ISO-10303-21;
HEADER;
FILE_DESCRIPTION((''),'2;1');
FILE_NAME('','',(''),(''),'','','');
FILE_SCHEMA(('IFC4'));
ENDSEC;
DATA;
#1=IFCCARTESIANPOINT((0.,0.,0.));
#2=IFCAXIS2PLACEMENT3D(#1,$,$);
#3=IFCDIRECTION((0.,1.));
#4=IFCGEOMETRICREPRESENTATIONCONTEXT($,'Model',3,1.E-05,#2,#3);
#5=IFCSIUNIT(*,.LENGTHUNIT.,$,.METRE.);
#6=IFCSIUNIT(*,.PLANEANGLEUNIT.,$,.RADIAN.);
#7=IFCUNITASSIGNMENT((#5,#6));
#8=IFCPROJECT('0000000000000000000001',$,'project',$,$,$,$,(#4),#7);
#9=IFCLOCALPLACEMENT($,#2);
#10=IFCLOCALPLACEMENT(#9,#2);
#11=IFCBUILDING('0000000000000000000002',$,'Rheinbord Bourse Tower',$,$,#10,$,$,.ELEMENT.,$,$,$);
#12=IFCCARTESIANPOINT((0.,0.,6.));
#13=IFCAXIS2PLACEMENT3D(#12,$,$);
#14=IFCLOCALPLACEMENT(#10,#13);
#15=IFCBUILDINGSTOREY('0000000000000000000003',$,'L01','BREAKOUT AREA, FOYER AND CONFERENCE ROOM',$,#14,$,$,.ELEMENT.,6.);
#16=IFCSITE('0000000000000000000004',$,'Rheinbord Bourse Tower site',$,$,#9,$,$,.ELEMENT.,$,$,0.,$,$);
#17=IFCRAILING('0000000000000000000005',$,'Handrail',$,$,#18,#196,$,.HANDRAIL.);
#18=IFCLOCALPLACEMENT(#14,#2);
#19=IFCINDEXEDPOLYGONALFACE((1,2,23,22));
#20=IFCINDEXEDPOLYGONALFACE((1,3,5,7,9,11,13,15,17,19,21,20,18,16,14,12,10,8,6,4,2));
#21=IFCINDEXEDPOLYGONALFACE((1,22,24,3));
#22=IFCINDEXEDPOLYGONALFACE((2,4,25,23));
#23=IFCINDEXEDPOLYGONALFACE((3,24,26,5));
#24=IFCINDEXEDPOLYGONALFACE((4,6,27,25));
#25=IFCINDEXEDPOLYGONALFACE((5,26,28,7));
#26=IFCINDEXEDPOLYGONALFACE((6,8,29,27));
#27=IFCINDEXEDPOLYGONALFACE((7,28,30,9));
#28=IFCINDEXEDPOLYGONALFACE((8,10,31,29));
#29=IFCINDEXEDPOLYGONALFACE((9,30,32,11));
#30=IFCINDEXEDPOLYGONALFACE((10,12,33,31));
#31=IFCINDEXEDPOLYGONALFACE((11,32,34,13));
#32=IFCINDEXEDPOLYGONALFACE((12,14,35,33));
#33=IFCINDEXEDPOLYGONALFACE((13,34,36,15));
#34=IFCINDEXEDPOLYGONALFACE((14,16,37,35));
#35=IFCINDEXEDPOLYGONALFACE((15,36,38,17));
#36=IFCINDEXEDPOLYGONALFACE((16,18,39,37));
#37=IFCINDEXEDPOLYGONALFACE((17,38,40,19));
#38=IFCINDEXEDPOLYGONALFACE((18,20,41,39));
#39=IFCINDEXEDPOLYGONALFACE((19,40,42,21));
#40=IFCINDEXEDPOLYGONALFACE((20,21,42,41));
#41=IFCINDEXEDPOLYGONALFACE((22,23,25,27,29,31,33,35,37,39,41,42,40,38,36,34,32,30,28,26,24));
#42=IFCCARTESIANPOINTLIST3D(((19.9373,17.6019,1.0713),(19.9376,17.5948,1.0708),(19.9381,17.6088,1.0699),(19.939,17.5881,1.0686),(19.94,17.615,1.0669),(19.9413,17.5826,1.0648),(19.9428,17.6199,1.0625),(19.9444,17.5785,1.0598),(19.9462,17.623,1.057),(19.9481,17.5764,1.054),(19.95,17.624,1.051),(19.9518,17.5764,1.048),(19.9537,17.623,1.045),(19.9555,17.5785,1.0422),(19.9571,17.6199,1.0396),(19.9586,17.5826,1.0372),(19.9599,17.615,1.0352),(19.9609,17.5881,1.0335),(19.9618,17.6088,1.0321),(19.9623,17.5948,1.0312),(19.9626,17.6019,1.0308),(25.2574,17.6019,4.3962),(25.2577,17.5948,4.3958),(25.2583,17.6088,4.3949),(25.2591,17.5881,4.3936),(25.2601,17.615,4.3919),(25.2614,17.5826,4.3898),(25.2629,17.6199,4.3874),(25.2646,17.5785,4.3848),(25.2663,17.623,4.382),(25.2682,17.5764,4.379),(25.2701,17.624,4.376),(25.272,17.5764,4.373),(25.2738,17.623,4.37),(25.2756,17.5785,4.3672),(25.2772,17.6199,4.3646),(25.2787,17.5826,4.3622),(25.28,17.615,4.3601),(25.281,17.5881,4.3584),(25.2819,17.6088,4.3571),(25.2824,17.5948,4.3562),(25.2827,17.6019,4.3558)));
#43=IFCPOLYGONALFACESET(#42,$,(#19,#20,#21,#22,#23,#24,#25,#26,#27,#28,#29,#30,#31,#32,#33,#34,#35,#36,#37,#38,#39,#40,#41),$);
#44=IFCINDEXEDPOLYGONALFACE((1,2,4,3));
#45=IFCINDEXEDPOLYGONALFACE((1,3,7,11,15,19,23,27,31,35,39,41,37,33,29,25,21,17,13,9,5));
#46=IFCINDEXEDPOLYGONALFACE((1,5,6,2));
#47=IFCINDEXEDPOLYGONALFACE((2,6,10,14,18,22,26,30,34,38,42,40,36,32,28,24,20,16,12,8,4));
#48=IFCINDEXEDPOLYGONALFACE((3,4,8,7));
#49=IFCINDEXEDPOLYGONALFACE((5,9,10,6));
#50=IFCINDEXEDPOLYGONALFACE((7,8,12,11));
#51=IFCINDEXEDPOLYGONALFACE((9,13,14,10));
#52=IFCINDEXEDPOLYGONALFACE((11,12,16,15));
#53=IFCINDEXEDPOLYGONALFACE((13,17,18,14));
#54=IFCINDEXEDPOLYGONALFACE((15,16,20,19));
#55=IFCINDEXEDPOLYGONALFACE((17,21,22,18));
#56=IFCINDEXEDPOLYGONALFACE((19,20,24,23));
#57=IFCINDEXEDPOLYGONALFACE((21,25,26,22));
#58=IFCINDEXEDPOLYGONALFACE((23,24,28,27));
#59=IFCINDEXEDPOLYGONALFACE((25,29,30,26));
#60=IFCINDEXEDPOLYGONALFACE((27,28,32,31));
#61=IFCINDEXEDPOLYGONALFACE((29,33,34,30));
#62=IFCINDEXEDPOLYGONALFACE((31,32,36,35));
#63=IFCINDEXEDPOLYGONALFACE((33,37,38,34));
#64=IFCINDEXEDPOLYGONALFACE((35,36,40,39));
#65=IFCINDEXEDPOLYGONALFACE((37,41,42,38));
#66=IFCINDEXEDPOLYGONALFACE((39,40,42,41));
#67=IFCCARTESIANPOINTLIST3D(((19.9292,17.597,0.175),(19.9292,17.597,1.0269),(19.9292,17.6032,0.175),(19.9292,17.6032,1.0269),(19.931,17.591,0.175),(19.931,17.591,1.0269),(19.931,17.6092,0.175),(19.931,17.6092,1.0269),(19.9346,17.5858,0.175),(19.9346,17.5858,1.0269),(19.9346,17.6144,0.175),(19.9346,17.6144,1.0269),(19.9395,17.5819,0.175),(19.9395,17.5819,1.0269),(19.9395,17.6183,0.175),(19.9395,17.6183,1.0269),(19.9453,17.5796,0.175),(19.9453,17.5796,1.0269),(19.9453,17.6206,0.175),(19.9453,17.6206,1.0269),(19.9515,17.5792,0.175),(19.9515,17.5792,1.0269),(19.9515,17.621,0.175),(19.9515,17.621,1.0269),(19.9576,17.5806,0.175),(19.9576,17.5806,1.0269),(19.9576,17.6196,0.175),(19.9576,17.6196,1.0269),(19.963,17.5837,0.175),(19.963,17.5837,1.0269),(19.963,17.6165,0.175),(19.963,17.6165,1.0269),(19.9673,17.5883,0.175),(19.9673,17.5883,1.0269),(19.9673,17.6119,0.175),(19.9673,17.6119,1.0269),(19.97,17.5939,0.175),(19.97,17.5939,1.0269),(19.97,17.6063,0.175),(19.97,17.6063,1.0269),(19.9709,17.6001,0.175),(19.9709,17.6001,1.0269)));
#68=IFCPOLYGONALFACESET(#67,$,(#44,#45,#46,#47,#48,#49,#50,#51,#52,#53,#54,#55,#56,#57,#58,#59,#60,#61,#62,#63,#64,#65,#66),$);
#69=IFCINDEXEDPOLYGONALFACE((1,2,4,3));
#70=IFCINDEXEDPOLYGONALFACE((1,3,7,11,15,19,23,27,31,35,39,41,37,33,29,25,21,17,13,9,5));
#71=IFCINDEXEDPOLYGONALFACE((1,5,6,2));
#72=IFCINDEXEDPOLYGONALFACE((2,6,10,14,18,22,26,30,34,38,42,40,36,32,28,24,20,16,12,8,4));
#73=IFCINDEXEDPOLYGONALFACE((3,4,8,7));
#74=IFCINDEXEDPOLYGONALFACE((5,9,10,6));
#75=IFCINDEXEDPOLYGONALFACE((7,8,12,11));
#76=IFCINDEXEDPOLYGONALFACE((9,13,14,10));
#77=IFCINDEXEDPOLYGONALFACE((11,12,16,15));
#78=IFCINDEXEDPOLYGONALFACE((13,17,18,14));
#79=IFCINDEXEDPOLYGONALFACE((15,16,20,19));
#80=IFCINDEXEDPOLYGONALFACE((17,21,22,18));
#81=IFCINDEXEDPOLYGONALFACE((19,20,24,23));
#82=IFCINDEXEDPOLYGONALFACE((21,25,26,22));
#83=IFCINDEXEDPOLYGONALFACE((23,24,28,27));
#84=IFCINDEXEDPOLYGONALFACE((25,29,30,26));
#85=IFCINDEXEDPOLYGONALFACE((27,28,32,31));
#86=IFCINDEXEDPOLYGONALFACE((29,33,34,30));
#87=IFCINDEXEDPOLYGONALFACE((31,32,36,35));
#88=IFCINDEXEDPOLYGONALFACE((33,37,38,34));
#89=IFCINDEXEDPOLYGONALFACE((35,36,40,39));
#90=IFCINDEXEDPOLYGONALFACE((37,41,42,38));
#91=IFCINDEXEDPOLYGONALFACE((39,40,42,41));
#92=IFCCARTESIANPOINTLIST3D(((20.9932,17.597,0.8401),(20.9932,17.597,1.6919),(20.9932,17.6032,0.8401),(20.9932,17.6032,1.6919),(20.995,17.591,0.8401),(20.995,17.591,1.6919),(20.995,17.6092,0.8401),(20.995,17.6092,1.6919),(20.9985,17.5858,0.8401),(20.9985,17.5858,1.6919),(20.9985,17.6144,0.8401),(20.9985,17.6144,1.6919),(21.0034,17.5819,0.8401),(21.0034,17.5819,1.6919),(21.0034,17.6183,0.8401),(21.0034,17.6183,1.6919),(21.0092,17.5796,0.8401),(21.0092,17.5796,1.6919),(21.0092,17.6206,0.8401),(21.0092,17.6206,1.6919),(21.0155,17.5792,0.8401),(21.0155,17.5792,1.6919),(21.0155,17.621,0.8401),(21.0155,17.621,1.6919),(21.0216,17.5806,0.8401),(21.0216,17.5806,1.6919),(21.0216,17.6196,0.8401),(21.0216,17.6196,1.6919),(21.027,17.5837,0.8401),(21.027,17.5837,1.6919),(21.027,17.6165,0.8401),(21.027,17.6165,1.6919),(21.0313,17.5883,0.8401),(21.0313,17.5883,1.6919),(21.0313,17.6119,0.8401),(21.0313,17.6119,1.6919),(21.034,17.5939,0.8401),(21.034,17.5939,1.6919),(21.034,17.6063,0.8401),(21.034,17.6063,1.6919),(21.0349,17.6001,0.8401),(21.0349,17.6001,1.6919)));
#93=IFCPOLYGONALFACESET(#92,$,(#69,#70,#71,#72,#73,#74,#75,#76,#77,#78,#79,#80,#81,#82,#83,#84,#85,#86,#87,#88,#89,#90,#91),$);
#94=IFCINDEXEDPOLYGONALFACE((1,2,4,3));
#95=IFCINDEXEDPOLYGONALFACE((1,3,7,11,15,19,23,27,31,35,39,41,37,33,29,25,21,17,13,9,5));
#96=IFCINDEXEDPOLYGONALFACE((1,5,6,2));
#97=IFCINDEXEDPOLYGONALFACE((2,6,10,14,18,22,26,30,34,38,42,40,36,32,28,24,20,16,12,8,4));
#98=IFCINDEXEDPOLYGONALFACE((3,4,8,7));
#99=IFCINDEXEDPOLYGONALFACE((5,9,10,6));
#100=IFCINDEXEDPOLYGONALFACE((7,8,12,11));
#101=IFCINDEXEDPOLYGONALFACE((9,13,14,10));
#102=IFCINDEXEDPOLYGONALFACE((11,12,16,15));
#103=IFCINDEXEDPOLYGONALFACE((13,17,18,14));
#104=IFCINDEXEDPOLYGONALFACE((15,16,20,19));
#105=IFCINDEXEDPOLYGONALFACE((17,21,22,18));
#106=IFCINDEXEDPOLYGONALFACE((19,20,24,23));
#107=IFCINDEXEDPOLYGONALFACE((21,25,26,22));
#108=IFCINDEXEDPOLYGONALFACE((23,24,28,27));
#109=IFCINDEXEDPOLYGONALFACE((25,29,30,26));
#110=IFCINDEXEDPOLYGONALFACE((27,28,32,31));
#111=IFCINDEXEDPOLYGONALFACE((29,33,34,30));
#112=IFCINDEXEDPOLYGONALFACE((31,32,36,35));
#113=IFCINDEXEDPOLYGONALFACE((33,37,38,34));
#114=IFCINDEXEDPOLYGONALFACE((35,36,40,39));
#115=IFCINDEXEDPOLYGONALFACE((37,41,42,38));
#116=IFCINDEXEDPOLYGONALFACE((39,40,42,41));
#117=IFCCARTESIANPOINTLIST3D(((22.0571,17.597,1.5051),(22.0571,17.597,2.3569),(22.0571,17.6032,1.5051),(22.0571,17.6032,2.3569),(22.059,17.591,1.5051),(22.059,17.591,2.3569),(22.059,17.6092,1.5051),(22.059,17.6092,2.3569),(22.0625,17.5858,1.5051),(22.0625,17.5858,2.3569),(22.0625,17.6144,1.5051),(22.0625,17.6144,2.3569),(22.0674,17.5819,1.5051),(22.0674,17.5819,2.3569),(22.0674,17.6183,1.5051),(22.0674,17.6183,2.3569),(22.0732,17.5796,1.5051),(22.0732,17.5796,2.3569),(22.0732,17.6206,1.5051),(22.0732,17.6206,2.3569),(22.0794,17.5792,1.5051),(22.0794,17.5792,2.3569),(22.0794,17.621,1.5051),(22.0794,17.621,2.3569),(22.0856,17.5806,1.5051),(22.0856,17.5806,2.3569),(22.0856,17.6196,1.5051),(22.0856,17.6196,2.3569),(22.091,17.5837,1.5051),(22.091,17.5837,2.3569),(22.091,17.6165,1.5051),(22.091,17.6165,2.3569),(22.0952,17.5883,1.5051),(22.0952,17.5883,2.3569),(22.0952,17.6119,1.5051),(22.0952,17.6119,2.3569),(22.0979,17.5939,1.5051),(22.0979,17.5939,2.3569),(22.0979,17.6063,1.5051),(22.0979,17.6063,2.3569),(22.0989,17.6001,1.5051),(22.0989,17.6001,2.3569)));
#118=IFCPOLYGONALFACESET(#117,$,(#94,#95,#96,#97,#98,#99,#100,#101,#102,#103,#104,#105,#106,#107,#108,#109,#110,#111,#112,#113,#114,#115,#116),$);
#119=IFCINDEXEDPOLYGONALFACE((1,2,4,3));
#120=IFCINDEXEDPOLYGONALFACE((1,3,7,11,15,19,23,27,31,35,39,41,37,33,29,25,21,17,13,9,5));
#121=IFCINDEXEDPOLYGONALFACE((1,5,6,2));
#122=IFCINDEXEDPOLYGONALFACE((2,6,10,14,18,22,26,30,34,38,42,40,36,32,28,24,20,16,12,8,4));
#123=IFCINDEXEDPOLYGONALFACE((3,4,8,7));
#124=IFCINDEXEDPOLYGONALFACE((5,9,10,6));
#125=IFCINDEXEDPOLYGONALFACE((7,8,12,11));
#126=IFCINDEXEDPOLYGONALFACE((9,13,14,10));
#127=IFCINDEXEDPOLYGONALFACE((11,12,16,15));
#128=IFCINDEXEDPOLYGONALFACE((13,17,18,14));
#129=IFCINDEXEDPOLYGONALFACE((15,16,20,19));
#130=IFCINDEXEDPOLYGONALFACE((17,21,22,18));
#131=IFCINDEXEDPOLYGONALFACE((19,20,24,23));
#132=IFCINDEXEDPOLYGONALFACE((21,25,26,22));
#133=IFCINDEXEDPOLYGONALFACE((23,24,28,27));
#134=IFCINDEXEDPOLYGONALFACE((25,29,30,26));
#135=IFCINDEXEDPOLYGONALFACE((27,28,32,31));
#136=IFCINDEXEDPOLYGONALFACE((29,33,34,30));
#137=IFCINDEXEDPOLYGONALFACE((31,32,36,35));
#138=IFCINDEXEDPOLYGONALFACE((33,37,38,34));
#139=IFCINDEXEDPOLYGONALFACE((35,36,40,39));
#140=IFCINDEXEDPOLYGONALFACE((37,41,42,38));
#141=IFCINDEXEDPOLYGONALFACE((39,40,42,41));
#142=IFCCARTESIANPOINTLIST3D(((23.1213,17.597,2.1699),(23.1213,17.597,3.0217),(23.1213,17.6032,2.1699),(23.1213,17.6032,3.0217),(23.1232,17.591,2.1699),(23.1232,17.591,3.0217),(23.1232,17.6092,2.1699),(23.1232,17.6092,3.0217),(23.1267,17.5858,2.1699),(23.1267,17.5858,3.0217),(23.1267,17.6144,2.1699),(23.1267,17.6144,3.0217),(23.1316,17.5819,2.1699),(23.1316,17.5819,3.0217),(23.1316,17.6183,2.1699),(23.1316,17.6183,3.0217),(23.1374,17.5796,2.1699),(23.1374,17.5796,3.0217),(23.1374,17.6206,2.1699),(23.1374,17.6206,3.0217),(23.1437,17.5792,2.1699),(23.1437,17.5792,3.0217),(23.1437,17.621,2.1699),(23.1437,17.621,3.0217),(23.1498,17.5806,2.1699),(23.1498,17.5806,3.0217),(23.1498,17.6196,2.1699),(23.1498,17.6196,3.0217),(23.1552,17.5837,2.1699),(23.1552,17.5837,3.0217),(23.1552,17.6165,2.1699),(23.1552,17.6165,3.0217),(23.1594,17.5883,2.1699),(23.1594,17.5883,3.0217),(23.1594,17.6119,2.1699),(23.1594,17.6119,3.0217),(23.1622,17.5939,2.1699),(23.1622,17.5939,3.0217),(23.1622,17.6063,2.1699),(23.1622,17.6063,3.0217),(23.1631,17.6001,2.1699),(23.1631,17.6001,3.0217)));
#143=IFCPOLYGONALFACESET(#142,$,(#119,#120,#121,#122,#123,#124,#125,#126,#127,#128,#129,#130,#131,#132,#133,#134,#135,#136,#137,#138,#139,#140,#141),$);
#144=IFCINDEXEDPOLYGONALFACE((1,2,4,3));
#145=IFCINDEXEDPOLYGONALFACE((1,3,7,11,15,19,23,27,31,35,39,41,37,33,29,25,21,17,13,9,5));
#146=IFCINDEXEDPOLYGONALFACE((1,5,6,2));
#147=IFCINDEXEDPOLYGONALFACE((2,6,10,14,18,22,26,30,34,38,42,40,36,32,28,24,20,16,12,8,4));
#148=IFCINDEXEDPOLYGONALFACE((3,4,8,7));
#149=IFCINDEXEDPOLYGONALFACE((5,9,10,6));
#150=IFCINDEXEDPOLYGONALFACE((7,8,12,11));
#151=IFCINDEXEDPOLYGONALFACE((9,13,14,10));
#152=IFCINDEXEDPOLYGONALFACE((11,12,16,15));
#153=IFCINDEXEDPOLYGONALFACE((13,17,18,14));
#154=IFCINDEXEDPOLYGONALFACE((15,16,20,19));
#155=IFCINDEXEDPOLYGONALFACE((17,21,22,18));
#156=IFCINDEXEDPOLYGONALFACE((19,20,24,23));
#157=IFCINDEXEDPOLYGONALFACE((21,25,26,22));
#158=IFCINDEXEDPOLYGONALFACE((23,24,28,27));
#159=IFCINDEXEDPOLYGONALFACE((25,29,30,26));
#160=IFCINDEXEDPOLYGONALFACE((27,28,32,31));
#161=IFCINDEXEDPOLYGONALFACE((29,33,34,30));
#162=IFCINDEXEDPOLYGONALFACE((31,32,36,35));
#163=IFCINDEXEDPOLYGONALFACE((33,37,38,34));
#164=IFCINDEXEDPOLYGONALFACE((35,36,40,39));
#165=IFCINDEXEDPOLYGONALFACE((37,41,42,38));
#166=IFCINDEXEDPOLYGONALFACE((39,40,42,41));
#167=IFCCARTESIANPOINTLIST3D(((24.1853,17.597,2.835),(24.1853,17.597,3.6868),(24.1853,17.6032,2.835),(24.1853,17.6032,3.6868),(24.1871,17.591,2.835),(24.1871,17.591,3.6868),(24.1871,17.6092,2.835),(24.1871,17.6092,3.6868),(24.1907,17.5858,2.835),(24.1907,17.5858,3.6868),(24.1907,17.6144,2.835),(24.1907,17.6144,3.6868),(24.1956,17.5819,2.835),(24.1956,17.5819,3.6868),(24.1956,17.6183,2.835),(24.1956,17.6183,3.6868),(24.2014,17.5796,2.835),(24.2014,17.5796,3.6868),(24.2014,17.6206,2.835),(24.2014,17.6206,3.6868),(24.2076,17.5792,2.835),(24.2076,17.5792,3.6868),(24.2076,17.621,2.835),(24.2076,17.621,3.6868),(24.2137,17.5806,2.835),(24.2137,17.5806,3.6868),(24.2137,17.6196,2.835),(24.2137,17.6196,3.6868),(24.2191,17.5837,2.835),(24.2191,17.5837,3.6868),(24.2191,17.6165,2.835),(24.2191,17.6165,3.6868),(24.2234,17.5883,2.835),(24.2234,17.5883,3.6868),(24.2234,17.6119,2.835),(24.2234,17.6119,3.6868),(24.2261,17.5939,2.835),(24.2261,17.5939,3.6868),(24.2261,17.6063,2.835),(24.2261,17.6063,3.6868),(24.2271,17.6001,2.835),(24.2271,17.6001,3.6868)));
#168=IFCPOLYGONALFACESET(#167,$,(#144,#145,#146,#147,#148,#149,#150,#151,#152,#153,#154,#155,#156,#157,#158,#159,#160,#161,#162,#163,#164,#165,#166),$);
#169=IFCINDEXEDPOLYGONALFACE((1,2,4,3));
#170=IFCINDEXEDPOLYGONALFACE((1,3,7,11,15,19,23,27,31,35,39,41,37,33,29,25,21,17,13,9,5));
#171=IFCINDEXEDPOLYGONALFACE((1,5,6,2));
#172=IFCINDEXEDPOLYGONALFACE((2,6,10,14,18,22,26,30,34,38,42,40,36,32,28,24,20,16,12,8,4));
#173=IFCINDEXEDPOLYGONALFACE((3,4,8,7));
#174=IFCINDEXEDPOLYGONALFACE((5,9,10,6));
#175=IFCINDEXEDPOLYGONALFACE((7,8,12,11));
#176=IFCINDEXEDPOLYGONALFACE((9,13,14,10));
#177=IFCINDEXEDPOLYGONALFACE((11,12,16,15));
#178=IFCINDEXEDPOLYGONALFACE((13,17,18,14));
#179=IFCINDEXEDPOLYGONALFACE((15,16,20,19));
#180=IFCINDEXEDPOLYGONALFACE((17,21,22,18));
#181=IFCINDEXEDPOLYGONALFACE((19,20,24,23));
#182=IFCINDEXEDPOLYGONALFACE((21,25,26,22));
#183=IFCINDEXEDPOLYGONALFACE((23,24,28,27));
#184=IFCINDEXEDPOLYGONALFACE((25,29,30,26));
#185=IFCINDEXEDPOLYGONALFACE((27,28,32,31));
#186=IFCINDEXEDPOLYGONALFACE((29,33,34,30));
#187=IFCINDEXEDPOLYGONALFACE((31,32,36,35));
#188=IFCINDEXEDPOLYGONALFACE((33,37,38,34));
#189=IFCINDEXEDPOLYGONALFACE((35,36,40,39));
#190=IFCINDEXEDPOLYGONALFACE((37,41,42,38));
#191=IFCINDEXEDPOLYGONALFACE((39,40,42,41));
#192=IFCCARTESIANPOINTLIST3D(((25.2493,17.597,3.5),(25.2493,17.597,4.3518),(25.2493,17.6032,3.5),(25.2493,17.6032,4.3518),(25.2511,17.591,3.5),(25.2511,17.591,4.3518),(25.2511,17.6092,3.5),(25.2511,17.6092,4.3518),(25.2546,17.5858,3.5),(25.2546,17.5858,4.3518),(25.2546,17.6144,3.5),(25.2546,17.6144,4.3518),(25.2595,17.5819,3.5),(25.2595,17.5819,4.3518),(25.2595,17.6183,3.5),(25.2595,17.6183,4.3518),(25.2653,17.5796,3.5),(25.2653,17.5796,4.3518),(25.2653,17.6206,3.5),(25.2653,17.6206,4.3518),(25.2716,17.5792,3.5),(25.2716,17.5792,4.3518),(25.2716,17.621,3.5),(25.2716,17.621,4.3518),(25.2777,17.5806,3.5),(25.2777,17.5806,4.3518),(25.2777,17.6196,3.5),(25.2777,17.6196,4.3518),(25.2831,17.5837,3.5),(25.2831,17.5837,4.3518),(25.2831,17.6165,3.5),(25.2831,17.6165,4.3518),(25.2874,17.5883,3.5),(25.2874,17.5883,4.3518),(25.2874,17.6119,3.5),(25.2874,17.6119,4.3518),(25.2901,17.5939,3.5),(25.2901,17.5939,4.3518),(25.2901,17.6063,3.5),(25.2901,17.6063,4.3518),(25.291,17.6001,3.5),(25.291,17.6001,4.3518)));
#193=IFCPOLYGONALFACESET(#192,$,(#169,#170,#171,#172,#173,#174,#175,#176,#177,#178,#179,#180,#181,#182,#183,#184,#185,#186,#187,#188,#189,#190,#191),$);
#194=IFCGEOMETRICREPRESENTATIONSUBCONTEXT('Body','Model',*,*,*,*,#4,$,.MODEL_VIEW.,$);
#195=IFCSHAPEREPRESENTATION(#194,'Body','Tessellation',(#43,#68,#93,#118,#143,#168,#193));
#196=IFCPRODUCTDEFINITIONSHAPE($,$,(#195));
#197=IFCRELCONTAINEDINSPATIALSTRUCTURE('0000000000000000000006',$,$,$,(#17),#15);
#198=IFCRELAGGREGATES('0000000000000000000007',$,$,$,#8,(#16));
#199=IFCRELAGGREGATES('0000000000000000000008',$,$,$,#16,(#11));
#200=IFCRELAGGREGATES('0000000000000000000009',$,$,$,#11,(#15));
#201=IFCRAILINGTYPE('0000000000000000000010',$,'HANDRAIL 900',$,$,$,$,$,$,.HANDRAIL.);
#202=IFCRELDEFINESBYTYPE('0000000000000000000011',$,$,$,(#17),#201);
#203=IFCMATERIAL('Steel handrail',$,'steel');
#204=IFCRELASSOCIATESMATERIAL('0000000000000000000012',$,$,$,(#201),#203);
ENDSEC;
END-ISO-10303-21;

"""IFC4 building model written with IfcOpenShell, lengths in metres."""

from ifc_helpers import new_model, si_unit, direction, frame, origin, origin_2d, place, context, subcontext, project, spatial, circle, extrude, material, type_object, element, save


model = new_model("IFC4")

# Units and contexts
model_context = context("Model", 3, precision=1e-05, world=origin(), true_north=direction((0.0, 1.0)))
body_context = subcontext(model_context, "Body", "Model", "MODEL_VIEW")
ifc_project = project(units=[si_unit("LENGTHUNIT", "METRE"), si_unit("PLANEANGLEUNIT", "RADIAN")], contexts=[model_context])

# Site, building, storey
site_placement = place(None, origin())
site = spatial("IfcSite", under=ifc_project, at=site_placement, Name="Rheinbord Bourse Tower site", CompositionType="ELEMENT", RefElevation=0.0)
building_placement = place(site_placement, origin())
building = spatial("IfcBuilding", under=site, at=building_placement, Name="Rheinbord Bourse Tower", CompositionType="ELEMENT")
storey_placement = place(building_placement, frame((0.0, 0.0, 6.0)))
storey = spatial("IfcBuildingStorey", under=building, at=storey_placement, Name="L01", Description="BREAKOUT AREA, FOYER AND CONFERENCE ROOM", CompositionType="ELEMENT", Elevation=6.0)

# Railing
ifc_material_1 = material(Name="Steel handrail", Category="steel")
railing_type = type_object("IfcRailingType", Name="HANDRAIL 900", PredefinedType="HANDRAIL", material=ifc_material_1)
railing_1_placement = place(storey_placement, frame((19.95, 17.6001, 0.175)))
element("IfcRailing", 1, at=railing_1_placement, inside=storey, type_object=railing_type, Name="Handrail", PredefinedType="HANDRAIL", context=body_context, shape_type="SweptSolid", body=[
    extrude(circle(Radius=0.0239, at=origin_2d()), frame((0.0, 0.0, 0.876), z_axis=(0.848005, 0.0, 0.529988), x_axis=(0.0, 1.0, 0.0)), (0.0, 0.0, 1.0), 6.2737),
    extrude(circle(Radius=0.021, at=origin_2d()), origin(), (0.0, 0.0, 1.0), 0.8518),
    extrude(circle(Radius=0.021, at=origin_2d()), frame((1.064, 0.0, 0.665)), (0.0, 0.0, 1.0), 0.8518),
    extrude(circle(Radius=0.021, at=origin_2d()), frame((2.1279, 0.0, 1.3301)), (0.0, 0.0, 1.0), 0.8518),
    extrude(circle(Radius=0.021, at=origin_2d()), frame((3.1921, 0.0, 1.9949)), (0.0, 0.0, 1.0), 0.8518),
    extrude(circle(Radius=0.021, at=origin_2d()), frame((4.2561, 0.0, 2.6599)), (0.0, 0.0, 1.0), 0.8518),
    extrude(circle(Radius=0.021, at=origin_2d()), frame((5.3201, 0.0, 3.325)), (0.0, 0.0, 1.0), 0.8518),
])

save(model, "model.ifc")
